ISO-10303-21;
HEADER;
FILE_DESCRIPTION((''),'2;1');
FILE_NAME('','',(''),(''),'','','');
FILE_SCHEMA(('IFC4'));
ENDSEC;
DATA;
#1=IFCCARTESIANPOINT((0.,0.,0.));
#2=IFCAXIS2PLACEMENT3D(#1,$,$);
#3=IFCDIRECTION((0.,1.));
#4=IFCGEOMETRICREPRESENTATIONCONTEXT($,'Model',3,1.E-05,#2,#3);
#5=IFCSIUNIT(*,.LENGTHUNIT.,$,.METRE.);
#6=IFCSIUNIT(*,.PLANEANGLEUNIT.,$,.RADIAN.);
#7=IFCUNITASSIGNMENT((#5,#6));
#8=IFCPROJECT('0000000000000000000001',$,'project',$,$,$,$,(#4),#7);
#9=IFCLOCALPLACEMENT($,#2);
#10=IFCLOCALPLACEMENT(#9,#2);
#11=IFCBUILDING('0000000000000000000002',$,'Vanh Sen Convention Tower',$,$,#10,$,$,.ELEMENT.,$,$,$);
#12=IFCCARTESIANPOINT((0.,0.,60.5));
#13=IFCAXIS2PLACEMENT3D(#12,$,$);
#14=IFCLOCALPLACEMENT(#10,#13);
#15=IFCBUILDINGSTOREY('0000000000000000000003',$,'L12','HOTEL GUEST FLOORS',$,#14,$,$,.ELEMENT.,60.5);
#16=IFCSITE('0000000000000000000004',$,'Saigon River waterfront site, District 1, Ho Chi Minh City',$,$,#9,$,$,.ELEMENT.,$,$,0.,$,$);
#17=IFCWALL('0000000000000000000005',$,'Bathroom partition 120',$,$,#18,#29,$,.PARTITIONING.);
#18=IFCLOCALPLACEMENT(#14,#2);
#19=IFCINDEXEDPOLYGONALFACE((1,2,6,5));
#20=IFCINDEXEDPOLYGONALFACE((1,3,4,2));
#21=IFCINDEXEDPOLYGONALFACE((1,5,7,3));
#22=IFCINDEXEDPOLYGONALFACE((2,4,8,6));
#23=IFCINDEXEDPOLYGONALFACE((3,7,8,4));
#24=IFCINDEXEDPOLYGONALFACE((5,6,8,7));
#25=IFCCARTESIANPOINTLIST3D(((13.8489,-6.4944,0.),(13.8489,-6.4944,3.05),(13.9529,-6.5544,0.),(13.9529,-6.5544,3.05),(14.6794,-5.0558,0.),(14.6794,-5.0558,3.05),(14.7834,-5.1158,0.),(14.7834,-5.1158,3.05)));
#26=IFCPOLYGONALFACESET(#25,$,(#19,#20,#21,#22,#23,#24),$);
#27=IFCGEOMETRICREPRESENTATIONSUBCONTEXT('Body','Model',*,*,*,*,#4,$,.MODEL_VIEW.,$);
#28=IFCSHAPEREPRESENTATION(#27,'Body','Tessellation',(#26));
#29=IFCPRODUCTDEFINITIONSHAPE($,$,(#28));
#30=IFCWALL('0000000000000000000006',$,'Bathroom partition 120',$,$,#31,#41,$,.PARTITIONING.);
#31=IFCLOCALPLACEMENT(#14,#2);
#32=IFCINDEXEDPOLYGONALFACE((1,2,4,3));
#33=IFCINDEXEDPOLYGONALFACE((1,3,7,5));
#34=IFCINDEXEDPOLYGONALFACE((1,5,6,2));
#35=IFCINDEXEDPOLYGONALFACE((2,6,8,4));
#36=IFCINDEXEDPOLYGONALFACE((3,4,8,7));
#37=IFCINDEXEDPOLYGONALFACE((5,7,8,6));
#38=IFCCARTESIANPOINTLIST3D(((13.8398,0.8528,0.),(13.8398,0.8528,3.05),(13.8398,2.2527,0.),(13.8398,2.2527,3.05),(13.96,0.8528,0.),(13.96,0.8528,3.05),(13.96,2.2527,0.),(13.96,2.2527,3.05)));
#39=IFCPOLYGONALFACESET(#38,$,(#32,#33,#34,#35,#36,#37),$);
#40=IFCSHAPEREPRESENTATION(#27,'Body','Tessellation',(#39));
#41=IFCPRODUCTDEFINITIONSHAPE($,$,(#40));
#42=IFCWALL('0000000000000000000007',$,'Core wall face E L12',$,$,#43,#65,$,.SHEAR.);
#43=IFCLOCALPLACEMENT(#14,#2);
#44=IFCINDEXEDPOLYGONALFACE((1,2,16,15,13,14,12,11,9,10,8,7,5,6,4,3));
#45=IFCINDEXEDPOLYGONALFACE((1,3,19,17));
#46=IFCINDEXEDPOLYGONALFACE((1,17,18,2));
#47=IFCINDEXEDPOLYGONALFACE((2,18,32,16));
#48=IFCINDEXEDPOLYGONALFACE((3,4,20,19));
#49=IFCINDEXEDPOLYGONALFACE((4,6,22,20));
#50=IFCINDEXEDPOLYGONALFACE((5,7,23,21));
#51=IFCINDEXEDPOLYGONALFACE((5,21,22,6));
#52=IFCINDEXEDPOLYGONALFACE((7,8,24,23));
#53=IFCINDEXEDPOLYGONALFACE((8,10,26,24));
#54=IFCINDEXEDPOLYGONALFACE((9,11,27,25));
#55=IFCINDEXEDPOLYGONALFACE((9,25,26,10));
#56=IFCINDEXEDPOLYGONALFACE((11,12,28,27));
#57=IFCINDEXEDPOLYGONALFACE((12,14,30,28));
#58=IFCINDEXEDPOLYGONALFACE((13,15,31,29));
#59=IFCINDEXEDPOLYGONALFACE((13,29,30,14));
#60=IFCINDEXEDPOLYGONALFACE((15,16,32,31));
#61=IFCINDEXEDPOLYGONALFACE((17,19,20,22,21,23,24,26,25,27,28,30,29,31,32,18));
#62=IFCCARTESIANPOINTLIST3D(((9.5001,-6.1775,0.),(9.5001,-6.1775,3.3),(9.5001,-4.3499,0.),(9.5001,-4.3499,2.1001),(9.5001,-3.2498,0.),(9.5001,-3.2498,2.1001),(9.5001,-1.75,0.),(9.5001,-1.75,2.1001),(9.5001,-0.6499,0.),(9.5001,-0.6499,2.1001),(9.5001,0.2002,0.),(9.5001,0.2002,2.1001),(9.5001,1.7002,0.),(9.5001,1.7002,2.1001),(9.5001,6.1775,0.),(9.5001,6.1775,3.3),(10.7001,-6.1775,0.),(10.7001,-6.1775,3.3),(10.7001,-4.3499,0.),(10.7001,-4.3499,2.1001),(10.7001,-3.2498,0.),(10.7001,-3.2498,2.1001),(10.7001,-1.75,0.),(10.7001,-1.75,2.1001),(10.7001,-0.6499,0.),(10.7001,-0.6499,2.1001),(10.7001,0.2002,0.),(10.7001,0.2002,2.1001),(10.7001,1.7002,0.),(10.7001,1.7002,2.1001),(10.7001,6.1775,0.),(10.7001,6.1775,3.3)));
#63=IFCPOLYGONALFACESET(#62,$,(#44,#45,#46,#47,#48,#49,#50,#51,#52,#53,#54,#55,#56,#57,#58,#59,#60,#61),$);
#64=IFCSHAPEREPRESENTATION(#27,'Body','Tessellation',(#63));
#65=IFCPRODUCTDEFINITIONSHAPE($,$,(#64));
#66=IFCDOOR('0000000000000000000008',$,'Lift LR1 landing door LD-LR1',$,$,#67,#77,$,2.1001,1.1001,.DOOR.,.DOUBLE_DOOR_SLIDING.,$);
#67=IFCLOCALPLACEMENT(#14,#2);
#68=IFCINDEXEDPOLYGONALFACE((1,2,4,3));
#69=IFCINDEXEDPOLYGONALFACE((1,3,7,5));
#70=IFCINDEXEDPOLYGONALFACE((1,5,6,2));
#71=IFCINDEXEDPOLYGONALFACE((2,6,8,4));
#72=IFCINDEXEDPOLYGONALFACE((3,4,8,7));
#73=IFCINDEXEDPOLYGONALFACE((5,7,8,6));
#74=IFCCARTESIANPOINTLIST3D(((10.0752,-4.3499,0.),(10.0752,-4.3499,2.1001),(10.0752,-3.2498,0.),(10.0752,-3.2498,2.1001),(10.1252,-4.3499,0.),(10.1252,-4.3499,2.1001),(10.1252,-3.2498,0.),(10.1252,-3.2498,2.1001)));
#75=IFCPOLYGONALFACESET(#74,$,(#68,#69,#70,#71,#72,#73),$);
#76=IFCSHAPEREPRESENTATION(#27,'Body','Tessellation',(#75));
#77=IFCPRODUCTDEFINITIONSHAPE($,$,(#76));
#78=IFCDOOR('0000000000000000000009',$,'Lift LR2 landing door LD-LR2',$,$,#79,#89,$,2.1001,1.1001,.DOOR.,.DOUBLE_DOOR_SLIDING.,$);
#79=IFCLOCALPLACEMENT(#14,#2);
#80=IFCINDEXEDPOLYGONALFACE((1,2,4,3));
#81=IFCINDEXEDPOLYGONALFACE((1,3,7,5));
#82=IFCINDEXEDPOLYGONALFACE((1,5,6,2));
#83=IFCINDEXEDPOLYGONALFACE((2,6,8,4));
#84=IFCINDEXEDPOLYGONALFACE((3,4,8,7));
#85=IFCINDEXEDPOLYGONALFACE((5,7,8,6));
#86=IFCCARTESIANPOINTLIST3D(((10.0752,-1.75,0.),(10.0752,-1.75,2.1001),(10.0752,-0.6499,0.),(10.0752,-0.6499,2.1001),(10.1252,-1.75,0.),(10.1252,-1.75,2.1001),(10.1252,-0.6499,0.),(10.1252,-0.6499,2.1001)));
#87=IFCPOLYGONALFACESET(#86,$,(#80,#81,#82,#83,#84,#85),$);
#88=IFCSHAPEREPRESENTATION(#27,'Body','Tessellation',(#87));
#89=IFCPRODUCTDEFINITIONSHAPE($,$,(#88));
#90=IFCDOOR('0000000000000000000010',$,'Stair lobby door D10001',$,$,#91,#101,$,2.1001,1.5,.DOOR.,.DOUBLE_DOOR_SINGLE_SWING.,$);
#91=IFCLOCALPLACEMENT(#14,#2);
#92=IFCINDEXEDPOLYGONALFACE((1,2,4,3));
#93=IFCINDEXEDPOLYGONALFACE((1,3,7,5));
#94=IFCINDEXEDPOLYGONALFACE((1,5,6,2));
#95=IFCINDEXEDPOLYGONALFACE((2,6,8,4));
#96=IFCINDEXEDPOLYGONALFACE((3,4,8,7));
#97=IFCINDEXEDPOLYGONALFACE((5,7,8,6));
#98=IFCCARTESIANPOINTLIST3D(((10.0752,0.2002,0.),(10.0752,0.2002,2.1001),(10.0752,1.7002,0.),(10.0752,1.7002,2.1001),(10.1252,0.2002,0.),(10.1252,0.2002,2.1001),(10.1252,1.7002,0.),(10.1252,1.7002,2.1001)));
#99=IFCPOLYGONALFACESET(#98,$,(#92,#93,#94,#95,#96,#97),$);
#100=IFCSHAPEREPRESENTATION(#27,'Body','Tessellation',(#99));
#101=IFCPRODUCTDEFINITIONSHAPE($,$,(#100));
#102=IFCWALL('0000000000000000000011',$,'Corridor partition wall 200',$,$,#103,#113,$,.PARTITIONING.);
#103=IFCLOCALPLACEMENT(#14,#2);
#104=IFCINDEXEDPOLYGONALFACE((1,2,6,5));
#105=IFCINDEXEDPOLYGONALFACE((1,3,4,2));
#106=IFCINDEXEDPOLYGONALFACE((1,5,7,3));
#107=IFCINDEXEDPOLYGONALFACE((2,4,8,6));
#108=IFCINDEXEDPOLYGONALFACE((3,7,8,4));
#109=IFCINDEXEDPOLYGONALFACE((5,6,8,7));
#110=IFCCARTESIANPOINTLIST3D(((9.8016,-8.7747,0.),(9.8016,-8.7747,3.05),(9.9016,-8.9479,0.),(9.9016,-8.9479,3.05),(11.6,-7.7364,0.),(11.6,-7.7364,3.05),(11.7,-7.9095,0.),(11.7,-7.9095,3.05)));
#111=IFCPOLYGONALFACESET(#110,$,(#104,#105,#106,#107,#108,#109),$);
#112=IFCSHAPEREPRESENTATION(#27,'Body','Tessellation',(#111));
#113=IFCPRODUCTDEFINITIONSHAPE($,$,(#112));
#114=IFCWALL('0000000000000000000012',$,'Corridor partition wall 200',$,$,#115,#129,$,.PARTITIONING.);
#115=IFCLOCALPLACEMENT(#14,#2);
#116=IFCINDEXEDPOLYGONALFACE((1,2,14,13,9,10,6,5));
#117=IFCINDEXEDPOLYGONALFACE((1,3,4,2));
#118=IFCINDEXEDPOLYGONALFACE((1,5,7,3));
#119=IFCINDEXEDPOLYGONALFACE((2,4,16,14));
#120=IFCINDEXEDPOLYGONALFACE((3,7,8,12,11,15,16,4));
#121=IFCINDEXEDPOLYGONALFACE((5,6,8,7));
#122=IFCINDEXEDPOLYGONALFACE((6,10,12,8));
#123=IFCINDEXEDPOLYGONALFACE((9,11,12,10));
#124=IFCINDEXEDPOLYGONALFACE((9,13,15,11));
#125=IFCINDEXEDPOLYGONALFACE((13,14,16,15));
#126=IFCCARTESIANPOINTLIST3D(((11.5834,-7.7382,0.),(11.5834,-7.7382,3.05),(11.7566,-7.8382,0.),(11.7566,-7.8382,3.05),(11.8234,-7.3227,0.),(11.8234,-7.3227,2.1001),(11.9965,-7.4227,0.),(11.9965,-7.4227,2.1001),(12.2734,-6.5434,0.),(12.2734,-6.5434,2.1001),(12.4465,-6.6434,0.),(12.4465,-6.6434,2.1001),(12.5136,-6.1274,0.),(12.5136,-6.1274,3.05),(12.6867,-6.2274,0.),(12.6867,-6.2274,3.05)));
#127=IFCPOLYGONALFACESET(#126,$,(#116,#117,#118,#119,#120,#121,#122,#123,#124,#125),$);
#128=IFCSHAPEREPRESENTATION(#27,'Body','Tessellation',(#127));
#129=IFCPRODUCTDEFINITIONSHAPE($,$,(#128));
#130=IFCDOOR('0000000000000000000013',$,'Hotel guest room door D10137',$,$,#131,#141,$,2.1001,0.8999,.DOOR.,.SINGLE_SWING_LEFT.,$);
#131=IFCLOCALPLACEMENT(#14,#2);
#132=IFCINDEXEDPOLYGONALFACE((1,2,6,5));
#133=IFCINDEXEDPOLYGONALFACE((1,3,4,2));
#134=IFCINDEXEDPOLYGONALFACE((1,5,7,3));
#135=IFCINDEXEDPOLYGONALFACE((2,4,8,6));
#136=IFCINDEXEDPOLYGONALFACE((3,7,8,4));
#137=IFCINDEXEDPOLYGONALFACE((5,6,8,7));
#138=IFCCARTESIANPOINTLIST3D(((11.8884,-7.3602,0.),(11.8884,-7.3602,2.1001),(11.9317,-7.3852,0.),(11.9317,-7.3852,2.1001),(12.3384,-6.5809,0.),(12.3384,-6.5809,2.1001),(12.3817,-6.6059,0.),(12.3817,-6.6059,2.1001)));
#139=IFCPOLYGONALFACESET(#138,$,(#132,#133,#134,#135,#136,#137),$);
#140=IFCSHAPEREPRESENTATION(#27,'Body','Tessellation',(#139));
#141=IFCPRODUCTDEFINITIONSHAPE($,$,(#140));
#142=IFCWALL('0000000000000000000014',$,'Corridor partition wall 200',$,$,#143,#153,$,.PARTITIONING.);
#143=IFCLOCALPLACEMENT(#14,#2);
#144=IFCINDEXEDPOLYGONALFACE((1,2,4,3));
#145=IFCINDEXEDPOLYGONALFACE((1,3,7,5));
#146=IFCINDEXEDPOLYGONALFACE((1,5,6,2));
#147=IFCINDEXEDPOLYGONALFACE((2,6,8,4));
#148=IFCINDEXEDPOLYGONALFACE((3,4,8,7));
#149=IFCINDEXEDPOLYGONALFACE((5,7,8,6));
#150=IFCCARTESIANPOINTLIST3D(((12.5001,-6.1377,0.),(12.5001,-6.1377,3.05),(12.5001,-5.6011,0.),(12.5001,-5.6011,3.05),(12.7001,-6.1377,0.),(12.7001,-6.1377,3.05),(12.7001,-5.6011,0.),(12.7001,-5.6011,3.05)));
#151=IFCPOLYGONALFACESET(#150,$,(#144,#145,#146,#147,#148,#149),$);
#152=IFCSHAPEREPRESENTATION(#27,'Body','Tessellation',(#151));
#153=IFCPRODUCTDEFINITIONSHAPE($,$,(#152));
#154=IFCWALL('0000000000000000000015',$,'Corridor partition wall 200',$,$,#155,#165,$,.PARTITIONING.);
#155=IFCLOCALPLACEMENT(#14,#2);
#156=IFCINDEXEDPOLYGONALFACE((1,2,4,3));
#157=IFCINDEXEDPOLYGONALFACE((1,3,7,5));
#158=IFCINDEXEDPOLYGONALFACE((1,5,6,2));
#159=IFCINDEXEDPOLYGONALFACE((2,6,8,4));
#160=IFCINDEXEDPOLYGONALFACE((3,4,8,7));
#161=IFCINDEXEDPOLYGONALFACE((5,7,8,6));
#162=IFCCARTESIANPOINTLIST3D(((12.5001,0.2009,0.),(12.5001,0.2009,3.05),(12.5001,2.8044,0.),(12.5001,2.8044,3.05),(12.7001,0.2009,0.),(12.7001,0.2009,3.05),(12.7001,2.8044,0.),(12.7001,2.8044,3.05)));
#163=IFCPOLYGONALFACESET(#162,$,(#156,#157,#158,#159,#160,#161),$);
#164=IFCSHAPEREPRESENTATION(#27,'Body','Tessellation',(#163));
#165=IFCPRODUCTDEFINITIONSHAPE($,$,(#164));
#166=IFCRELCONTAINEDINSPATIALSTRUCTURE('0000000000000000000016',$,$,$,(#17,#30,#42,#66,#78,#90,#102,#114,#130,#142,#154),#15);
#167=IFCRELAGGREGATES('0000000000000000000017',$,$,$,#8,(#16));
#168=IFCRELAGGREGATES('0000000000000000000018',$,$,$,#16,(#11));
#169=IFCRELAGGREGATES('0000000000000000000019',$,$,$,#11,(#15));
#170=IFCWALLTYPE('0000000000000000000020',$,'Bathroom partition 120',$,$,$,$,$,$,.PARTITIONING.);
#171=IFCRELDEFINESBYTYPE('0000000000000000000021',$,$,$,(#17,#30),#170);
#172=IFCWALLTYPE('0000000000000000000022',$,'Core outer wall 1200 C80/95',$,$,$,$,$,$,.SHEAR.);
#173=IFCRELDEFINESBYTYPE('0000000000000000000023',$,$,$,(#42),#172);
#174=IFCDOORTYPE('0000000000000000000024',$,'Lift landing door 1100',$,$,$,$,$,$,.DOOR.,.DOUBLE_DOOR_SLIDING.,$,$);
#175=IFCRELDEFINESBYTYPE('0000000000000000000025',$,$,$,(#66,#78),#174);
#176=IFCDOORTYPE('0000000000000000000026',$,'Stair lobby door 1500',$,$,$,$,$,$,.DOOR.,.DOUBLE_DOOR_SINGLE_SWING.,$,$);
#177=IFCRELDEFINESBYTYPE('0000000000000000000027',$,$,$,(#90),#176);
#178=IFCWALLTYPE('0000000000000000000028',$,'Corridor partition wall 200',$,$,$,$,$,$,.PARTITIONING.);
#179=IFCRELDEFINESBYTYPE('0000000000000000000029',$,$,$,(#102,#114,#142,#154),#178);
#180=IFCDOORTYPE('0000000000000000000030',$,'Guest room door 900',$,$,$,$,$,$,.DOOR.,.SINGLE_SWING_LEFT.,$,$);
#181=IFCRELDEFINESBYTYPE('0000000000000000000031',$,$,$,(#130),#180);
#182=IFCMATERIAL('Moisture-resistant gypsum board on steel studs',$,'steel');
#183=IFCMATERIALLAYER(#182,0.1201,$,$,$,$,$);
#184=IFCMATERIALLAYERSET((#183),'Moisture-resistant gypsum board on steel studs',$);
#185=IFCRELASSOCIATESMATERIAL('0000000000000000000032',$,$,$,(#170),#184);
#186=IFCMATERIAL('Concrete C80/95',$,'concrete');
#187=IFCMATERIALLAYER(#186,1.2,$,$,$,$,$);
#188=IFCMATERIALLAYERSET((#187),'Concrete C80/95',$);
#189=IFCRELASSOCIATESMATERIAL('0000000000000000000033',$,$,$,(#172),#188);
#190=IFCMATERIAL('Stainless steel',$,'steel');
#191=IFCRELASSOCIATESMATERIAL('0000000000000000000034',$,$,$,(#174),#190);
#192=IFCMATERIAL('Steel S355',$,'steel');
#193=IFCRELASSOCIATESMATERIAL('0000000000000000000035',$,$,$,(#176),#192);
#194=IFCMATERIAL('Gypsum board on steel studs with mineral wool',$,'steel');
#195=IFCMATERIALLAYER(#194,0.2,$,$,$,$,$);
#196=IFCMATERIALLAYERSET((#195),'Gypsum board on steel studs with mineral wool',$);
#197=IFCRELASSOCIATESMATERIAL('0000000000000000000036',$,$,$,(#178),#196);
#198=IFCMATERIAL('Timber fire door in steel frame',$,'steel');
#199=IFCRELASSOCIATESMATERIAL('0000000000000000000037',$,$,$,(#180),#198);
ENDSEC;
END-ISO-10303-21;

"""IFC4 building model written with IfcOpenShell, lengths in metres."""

from ifc_helpers import new_model, si_unit, direction, frame, frame_2d, origin, place, context, subcontext, project, spatial, rectangle, extrude, material, layer, layer_set, type_object, element, fill, save


model = new_model("IFC4")

# Units and contexts
model_context = context("Model", 3, precision=1e-05, world=origin(), true_north=direction((0.0, 1.0)))
body_context = subcontext(model_context, "Body", "Model", "MODEL_VIEW")
ifc_project = project(units=[si_unit("LENGTHUNIT", "METRE"), si_unit("PLANEANGLEUNIT", "RADIAN")], contexts=[model_context])

# Site, building, storey
site_placement = place(None, origin())
site = spatial("IfcSite", under=ifc_project, at=site_placement, Name="Saigon River waterfront site, District 1, Ho Chi Minh City", CompositionType="ELEMENT", RefElevation=0.0)
building_placement = place(site_placement, origin())
building = spatial("IfcBuilding", under=site, at=building_placement, Name="Vanh Sen Convention Tower", CompositionType="ELEMENT")
storey_placement = place(building_placement, frame((0.0, 0.0, 60.5)))
storey = spatial("IfcBuildingStorey", under=building, at=storey_placement, Name="L12", Description="HOTEL GUEST FLOORS", CompositionType="ELEMENT", Elevation=60.5)

# Walls
ifc_material_1 = material(Name="Moisture-resistant gypsum board on steel studs", Category="steel")
ifc_layer_1 = layer(ifc_material_1, 0.1201)
ifc_layer_set_1 = layer_set([ifc_layer_1], Name="Moisture-resistant gypsum board on steel studs")
wall_type_1 = type_object("IfcWallType", Name="Bathroom partition 120", PredefinedType="PARTITIONING", material=ifc_layer_set_1)
wall_1_placement = place(storey_placement, frame((13.9009, -6.5244, 0.0), z_axis=(0.0, 0.0, 1.0), x_axis=(0.499964, 0.866046, 0.0)))
element("IfcWall", 1, at=wall_1_placement, inside=storey, type_object=wall_type_1, Name="Bathroom partition 120", PredefinedType="PARTITIONING", context=body_context, shape_type="SweptSolid", body=[
    extrude(rectangle(XDim=1.6611, YDim=0.1201, at=frame_2d((0.8306, 0.0))), origin(), (0.0, 0.0, 1.0), 3.05),
])
wall_2_placement = place(storey_placement, frame((13.8999, 0.8528, 0.0), z_axis=(0.0, 0.0, 1.0), x_axis=(0.0, 1.0, 0.0)))
element("IfcWall", 2, at=wall_2_placement, inside=storey, type_object=wall_type_1, Name="Bathroom partition 120", PredefinedType="PARTITIONING", context=body_context, shape_type="SweptSolid", body=[
    extrude(rectangle(XDim=1.3999, YDim=0.1201, at=frame_2d((0.7, 0.0))), origin(), (0.0, 0.0, 1.0), 3.05),
])

# Wall, openings, doors
ifc_material_2 = material(Name="Concrete C80/95", Category="concrete")
ifc_layer_2 = layer(ifc_material_2, 1.2)
ifc_layer_set_2 = layer_set([ifc_layer_2], Name="Concrete C80/95")
wall_type_2 = type_object("IfcWallType", Name="Core outer wall 1200 C80/95", PredefinedType="SHEAR", material=ifc_layer_set_2)
wall_3_placement = place(storey_placement, frame((10.1001, -6.1775, 0.0), z_axis=(0.0, 0.0, 1.0), x_axis=(0.0, 1.0, 0.0)))
wall_3 = element("IfcWall", 3, at=wall_3_placement, inside=storey, type_object=wall_type_2, Name="Core wall face E L12", PredefinedType="SHEAR", context=body_context, shape_type="SweptSolid", body=[
    extrude(rectangle(XDim=12.355, YDim=1.2, at=frame_2d((6.1775, 0.0))), origin(), (0.0, 0.0, 1.0), 3.3),
])
opening_1_placement = place(wall_3_placement, frame((6.3777, 0.0, 0.0)))
opening_1 = element("IfcOpeningElement", 4, at=opening_1_placement, cuts=wall_3, PredefinedType="OPENING", context=body_context, shape_type="SweptSolid", body=[
    extrude(rectangle(XDim=1.5, YDim=2.1001, at=frame_2d((0.75, 1.05))), frame((0.0, 0.6099, 0.0), z_axis=(0.0, -1.0, 0.0), x_axis=(1.0, 0.0, 0.0)), (0.0, 0.0, 1.0), 1.22),
])
opening_2_placement = place(wall_3_placement, frame((1.8276, 0.0, 0.0)))
opening_2 = element("IfcOpeningElement", 5, at=opening_2_placement, cuts=wall_3, PredefinedType="OPENING", context=body_context, shape_type="SweptSolid", body=[
    extrude(rectangle(XDim=1.1001, YDim=2.1001, at=frame_2d((0.55, 1.05))), frame((0.0, 0.6099, 0.0), z_axis=(0.0, -1.0, 0.0), x_axis=(1.0, 0.0, 0.0)), (0.0, 0.0, 1.0), 1.22),
])
opening_3_placement = place(wall_3_placement, frame((4.4275, 0.0, 0.0)))
opening_3 = element("IfcOpeningElement", 6, at=opening_3_placement, cuts=wall_3, PredefinedType="OPENING", context=body_context, shape_type="SweptSolid", body=[
    extrude(rectangle(XDim=1.1001, YDim=2.1001, at=frame_2d((0.55, 1.05))), frame((0.0, 0.6099, 0.0), z_axis=(0.0, -1.0, 0.0), x_axis=(1.0, 0.0, 0.0)), (0.0, 0.0, 1.0), 1.22),
])
ifc_material_3 = material(Name="Stainless steel", Category="steel")
door_type_1 = type_object("IfcDoorType", Name="Lift landing door 1100", OperationType="DOUBLE_DOOR_SLIDING", PredefinedType="DOOR", material=ifc_material_3)
door_1_placement = place(opening_2_placement, origin())
door_1 = element("IfcDoor", 7, at=door_1_placement, inside=storey, type_object=door_type_1, Name="Lift LR1 landing door LD-LR1", OperationType="DOUBLE_DOOR_SLIDING", OverallHeight=2.1001, OverallWidth=1.1001, PredefinedType="DOOR", context=body_context, shape_type="SweptSolid", body=[
    extrude(rectangle(XDim=1.1001, YDim=2.1001, at=frame_2d((0.55, 1.05))), frame((0.0, 0.0249, 0.0), z_axis=(0.0, -1.0, 0.0), x_axis=(1.0, 0.0, 0.0)), (0.0, 0.0, 1.0), 0.05),
])
fill(opening_2, door_1)
door_2_placement = place(opening_3_placement, origin())
door_2 = element("IfcDoor", 8, at=door_2_placement, inside=storey, type_object=door_type_1, Name="Lift LR2 landing door LD-LR2", OperationType="DOUBLE_DOOR_SLIDING", OverallHeight=2.1001, OverallWidth=1.1001, PredefinedType="DOOR", context=body_context, shape_type="SweptSolid", body=[
    extrude(rectangle(XDim=1.1001, YDim=2.1001, at=frame_2d((0.55, 1.05))), frame((0.0, 0.0249, 0.0), z_axis=(0.0, -1.0, 0.0), x_axis=(1.0, 0.0, 0.0)), (0.0, 0.0, 1.0), 0.05),
])
fill(opening_3, door_2)
ifc_material_4 = material(Name="Steel S355", Category="steel")
door_type_2 = type_object("IfcDoorType", Name="Stair lobby door 1500", OperationType="DOUBLE_DOOR_SINGLE_SWING", PredefinedType="DOOR", material=ifc_material_4)
door_3_placement = place(opening_1_placement, origin())
door_3 = element("IfcDoor", 9, at=door_3_placement, inside=storey, type_object=door_type_2, Name="Stair lobby door D10001", OperationType="DOUBLE_DOOR_SINGLE_SWING", OverallHeight=2.1001, OverallWidth=1.5, PredefinedType="DOOR", context=body_context, shape_type="SweptSolid", body=[
    extrude(rectangle(XDim=1.5, YDim=2.1001, at=frame_2d((0.75, 1.05))), frame((0.0, 0.0249, 0.0), z_axis=(0.0, -1.0, 0.0), x_axis=(1.0, 0.0, 0.0)), (0.0, 0.0, 1.0), 0.05),
])
fill(opening_1, door_3)

# Wall
ifc_material_5 = material(Name="Gypsum board on steel studs with mineral wool", Category="steel")
ifc_layer_3 = layer(ifc_material_5, 0.2)
ifc_layer_set_3 = layer_set([ifc_layer_3], Name="Gypsum board on steel studs with mineral wool")
wall_type_3 = type_object("IfcWallType", Name="Corridor partition wall 200", PredefinedType="PARTITIONING", material=ifc_layer_set_3)
wall_4_placement = place(storey_placement, frame((9.8516, -8.8613, 0.0), z_axis=(0.0, 0.0, 1.0), x_axis=(0.866013, 0.500021, 0.0)))
element("IfcWall", 10, at=wall_4_placement, inside=storey, type_object=wall_type_3, Name="Corridor partition wall 200", PredefinedType="PARTITIONING", context=body_context, shape_type="SweptSolid", body=[
    extrude(rectangle(XDim=2.0767, YDim=0.2, at=frame_2d((1.0383, 0.0))), origin(), (0.0, 0.0, 1.0), 3.05),
])

# Wall, opening, door
wall_5_placement = place(storey_placement, frame((11.6699, -7.7883, 0.0), z_axis=(0.0, 0.0, 1.0), x_axis=(0.500063, 0.865989, 0.0)))
wall_5 = element("IfcWall", 11, at=wall_5_placement, inside=storey, type_object=wall_type_3, Name="Corridor partition wall 200", PredefinedType="PARTITIONING", context=body_context, shape_type="SweptSolid", body=[
    extrude(rectangle(XDim=1.8601, YDim=0.2, at=frame_2d((0.9302, 0.0))), origin(), (0.0, 0.0, 1.0), 3.05),
])
opening_4_placement = place(wall_5_placement, frame((0.48, 0.0, 0.0)))
opening_4 = element("IfcOpeningElement", 12, at=opening_4_placement, cuts=wall_5, PredefinedType="OPENING", context=body_context, shape_type="SweptSolid", body=[
    extrude(rectangle(XDim=0.8999, YDim=2.1001, at=frame_2d((0.45, 1.05))), frame((0.0, 0.1099, 0.0), z_axis=(0.0, -1.0, 0.0), x_axis=(1.0, 0.0, 0.0)), (0.0, 0.0, 1.0), 0.22),
])
ifc_material_6 = material(Name="Timber fire door in steel frame", Category="steel")
door_type_3 = type_object("IfcDoorType", Name="Guest room door 900", OperationType="SINGLE_SWING_LEFT", PredefinedType="DOOR", material=ifc_material_6)
door_4_placement = place(opening_4_placement, origin())
door_4 = element("IfcDoor", 13, at=door_4_placement, inside=storey, type_object=door_type_3, Name="Hotel guest room door D10137", OperationType="SINGLE_SWING_LEFT", OverallHeight=2.1001, OverallWidth=0.8999, PredefinedType="DOOR", context=body_context, shape_type="SweptSolid", body=[
    extrude(rectangle(XDim=0.8999, YDim=2.1001, at=frame_2d((0.45, 1.05))), frame((0.0, 0.0249, 0.0), z_axis=(0.0, -1.0, 0.0), x_axis=(1.0, 0.0, 0.0)), (0.0, 0.0, 1.0), 0.05),
])
fill(opening_4, door_4)

# Walls
wall_6_placement = place(storey_placement, frame((12.6001, -6.1377, 0.0), z_axis=(0.0, 0.0, 1.0), x_axis=(0.0, 1.0, 0.0)))
element("IfcWall", 14, at=wall_6_placement, inside=storey, type_object=wall_type_3, Name="Corridor partition wall 200", PredefinedType="PARTITIONING", context=body_context, shape_type="SweptSolid", body=[
    extrude(rectangle(XDim=0.5366, YDim=0.2, at=frame_2d((0.2683, 0.0))), origin(), (0.0, 0.0, 1.0), 3.05),
])
wall_7_placement = place(storey_placement, frame((12.6001, 0.2009, 0.0), z_axis=(0.0, 0.0, 1.0), x_axis=(0.0, 1.0, 0.0)))
element("IfcWall", 15, at=wall_7_placement, inside=storey, type_object=wall_type_3, Name="Corridor partition wall 200", PredefinedType="PARTITIONING", context=body_context, shape_type="SweptSolid", body=[
    extrude(rectangle(XDim=2.6035, YDim=0.2, at=frame_2d((1.3018, 0.0))), origin(), (0.0, 0.0, 1.0), 3.05),
])

save(model, "model.ifc")
